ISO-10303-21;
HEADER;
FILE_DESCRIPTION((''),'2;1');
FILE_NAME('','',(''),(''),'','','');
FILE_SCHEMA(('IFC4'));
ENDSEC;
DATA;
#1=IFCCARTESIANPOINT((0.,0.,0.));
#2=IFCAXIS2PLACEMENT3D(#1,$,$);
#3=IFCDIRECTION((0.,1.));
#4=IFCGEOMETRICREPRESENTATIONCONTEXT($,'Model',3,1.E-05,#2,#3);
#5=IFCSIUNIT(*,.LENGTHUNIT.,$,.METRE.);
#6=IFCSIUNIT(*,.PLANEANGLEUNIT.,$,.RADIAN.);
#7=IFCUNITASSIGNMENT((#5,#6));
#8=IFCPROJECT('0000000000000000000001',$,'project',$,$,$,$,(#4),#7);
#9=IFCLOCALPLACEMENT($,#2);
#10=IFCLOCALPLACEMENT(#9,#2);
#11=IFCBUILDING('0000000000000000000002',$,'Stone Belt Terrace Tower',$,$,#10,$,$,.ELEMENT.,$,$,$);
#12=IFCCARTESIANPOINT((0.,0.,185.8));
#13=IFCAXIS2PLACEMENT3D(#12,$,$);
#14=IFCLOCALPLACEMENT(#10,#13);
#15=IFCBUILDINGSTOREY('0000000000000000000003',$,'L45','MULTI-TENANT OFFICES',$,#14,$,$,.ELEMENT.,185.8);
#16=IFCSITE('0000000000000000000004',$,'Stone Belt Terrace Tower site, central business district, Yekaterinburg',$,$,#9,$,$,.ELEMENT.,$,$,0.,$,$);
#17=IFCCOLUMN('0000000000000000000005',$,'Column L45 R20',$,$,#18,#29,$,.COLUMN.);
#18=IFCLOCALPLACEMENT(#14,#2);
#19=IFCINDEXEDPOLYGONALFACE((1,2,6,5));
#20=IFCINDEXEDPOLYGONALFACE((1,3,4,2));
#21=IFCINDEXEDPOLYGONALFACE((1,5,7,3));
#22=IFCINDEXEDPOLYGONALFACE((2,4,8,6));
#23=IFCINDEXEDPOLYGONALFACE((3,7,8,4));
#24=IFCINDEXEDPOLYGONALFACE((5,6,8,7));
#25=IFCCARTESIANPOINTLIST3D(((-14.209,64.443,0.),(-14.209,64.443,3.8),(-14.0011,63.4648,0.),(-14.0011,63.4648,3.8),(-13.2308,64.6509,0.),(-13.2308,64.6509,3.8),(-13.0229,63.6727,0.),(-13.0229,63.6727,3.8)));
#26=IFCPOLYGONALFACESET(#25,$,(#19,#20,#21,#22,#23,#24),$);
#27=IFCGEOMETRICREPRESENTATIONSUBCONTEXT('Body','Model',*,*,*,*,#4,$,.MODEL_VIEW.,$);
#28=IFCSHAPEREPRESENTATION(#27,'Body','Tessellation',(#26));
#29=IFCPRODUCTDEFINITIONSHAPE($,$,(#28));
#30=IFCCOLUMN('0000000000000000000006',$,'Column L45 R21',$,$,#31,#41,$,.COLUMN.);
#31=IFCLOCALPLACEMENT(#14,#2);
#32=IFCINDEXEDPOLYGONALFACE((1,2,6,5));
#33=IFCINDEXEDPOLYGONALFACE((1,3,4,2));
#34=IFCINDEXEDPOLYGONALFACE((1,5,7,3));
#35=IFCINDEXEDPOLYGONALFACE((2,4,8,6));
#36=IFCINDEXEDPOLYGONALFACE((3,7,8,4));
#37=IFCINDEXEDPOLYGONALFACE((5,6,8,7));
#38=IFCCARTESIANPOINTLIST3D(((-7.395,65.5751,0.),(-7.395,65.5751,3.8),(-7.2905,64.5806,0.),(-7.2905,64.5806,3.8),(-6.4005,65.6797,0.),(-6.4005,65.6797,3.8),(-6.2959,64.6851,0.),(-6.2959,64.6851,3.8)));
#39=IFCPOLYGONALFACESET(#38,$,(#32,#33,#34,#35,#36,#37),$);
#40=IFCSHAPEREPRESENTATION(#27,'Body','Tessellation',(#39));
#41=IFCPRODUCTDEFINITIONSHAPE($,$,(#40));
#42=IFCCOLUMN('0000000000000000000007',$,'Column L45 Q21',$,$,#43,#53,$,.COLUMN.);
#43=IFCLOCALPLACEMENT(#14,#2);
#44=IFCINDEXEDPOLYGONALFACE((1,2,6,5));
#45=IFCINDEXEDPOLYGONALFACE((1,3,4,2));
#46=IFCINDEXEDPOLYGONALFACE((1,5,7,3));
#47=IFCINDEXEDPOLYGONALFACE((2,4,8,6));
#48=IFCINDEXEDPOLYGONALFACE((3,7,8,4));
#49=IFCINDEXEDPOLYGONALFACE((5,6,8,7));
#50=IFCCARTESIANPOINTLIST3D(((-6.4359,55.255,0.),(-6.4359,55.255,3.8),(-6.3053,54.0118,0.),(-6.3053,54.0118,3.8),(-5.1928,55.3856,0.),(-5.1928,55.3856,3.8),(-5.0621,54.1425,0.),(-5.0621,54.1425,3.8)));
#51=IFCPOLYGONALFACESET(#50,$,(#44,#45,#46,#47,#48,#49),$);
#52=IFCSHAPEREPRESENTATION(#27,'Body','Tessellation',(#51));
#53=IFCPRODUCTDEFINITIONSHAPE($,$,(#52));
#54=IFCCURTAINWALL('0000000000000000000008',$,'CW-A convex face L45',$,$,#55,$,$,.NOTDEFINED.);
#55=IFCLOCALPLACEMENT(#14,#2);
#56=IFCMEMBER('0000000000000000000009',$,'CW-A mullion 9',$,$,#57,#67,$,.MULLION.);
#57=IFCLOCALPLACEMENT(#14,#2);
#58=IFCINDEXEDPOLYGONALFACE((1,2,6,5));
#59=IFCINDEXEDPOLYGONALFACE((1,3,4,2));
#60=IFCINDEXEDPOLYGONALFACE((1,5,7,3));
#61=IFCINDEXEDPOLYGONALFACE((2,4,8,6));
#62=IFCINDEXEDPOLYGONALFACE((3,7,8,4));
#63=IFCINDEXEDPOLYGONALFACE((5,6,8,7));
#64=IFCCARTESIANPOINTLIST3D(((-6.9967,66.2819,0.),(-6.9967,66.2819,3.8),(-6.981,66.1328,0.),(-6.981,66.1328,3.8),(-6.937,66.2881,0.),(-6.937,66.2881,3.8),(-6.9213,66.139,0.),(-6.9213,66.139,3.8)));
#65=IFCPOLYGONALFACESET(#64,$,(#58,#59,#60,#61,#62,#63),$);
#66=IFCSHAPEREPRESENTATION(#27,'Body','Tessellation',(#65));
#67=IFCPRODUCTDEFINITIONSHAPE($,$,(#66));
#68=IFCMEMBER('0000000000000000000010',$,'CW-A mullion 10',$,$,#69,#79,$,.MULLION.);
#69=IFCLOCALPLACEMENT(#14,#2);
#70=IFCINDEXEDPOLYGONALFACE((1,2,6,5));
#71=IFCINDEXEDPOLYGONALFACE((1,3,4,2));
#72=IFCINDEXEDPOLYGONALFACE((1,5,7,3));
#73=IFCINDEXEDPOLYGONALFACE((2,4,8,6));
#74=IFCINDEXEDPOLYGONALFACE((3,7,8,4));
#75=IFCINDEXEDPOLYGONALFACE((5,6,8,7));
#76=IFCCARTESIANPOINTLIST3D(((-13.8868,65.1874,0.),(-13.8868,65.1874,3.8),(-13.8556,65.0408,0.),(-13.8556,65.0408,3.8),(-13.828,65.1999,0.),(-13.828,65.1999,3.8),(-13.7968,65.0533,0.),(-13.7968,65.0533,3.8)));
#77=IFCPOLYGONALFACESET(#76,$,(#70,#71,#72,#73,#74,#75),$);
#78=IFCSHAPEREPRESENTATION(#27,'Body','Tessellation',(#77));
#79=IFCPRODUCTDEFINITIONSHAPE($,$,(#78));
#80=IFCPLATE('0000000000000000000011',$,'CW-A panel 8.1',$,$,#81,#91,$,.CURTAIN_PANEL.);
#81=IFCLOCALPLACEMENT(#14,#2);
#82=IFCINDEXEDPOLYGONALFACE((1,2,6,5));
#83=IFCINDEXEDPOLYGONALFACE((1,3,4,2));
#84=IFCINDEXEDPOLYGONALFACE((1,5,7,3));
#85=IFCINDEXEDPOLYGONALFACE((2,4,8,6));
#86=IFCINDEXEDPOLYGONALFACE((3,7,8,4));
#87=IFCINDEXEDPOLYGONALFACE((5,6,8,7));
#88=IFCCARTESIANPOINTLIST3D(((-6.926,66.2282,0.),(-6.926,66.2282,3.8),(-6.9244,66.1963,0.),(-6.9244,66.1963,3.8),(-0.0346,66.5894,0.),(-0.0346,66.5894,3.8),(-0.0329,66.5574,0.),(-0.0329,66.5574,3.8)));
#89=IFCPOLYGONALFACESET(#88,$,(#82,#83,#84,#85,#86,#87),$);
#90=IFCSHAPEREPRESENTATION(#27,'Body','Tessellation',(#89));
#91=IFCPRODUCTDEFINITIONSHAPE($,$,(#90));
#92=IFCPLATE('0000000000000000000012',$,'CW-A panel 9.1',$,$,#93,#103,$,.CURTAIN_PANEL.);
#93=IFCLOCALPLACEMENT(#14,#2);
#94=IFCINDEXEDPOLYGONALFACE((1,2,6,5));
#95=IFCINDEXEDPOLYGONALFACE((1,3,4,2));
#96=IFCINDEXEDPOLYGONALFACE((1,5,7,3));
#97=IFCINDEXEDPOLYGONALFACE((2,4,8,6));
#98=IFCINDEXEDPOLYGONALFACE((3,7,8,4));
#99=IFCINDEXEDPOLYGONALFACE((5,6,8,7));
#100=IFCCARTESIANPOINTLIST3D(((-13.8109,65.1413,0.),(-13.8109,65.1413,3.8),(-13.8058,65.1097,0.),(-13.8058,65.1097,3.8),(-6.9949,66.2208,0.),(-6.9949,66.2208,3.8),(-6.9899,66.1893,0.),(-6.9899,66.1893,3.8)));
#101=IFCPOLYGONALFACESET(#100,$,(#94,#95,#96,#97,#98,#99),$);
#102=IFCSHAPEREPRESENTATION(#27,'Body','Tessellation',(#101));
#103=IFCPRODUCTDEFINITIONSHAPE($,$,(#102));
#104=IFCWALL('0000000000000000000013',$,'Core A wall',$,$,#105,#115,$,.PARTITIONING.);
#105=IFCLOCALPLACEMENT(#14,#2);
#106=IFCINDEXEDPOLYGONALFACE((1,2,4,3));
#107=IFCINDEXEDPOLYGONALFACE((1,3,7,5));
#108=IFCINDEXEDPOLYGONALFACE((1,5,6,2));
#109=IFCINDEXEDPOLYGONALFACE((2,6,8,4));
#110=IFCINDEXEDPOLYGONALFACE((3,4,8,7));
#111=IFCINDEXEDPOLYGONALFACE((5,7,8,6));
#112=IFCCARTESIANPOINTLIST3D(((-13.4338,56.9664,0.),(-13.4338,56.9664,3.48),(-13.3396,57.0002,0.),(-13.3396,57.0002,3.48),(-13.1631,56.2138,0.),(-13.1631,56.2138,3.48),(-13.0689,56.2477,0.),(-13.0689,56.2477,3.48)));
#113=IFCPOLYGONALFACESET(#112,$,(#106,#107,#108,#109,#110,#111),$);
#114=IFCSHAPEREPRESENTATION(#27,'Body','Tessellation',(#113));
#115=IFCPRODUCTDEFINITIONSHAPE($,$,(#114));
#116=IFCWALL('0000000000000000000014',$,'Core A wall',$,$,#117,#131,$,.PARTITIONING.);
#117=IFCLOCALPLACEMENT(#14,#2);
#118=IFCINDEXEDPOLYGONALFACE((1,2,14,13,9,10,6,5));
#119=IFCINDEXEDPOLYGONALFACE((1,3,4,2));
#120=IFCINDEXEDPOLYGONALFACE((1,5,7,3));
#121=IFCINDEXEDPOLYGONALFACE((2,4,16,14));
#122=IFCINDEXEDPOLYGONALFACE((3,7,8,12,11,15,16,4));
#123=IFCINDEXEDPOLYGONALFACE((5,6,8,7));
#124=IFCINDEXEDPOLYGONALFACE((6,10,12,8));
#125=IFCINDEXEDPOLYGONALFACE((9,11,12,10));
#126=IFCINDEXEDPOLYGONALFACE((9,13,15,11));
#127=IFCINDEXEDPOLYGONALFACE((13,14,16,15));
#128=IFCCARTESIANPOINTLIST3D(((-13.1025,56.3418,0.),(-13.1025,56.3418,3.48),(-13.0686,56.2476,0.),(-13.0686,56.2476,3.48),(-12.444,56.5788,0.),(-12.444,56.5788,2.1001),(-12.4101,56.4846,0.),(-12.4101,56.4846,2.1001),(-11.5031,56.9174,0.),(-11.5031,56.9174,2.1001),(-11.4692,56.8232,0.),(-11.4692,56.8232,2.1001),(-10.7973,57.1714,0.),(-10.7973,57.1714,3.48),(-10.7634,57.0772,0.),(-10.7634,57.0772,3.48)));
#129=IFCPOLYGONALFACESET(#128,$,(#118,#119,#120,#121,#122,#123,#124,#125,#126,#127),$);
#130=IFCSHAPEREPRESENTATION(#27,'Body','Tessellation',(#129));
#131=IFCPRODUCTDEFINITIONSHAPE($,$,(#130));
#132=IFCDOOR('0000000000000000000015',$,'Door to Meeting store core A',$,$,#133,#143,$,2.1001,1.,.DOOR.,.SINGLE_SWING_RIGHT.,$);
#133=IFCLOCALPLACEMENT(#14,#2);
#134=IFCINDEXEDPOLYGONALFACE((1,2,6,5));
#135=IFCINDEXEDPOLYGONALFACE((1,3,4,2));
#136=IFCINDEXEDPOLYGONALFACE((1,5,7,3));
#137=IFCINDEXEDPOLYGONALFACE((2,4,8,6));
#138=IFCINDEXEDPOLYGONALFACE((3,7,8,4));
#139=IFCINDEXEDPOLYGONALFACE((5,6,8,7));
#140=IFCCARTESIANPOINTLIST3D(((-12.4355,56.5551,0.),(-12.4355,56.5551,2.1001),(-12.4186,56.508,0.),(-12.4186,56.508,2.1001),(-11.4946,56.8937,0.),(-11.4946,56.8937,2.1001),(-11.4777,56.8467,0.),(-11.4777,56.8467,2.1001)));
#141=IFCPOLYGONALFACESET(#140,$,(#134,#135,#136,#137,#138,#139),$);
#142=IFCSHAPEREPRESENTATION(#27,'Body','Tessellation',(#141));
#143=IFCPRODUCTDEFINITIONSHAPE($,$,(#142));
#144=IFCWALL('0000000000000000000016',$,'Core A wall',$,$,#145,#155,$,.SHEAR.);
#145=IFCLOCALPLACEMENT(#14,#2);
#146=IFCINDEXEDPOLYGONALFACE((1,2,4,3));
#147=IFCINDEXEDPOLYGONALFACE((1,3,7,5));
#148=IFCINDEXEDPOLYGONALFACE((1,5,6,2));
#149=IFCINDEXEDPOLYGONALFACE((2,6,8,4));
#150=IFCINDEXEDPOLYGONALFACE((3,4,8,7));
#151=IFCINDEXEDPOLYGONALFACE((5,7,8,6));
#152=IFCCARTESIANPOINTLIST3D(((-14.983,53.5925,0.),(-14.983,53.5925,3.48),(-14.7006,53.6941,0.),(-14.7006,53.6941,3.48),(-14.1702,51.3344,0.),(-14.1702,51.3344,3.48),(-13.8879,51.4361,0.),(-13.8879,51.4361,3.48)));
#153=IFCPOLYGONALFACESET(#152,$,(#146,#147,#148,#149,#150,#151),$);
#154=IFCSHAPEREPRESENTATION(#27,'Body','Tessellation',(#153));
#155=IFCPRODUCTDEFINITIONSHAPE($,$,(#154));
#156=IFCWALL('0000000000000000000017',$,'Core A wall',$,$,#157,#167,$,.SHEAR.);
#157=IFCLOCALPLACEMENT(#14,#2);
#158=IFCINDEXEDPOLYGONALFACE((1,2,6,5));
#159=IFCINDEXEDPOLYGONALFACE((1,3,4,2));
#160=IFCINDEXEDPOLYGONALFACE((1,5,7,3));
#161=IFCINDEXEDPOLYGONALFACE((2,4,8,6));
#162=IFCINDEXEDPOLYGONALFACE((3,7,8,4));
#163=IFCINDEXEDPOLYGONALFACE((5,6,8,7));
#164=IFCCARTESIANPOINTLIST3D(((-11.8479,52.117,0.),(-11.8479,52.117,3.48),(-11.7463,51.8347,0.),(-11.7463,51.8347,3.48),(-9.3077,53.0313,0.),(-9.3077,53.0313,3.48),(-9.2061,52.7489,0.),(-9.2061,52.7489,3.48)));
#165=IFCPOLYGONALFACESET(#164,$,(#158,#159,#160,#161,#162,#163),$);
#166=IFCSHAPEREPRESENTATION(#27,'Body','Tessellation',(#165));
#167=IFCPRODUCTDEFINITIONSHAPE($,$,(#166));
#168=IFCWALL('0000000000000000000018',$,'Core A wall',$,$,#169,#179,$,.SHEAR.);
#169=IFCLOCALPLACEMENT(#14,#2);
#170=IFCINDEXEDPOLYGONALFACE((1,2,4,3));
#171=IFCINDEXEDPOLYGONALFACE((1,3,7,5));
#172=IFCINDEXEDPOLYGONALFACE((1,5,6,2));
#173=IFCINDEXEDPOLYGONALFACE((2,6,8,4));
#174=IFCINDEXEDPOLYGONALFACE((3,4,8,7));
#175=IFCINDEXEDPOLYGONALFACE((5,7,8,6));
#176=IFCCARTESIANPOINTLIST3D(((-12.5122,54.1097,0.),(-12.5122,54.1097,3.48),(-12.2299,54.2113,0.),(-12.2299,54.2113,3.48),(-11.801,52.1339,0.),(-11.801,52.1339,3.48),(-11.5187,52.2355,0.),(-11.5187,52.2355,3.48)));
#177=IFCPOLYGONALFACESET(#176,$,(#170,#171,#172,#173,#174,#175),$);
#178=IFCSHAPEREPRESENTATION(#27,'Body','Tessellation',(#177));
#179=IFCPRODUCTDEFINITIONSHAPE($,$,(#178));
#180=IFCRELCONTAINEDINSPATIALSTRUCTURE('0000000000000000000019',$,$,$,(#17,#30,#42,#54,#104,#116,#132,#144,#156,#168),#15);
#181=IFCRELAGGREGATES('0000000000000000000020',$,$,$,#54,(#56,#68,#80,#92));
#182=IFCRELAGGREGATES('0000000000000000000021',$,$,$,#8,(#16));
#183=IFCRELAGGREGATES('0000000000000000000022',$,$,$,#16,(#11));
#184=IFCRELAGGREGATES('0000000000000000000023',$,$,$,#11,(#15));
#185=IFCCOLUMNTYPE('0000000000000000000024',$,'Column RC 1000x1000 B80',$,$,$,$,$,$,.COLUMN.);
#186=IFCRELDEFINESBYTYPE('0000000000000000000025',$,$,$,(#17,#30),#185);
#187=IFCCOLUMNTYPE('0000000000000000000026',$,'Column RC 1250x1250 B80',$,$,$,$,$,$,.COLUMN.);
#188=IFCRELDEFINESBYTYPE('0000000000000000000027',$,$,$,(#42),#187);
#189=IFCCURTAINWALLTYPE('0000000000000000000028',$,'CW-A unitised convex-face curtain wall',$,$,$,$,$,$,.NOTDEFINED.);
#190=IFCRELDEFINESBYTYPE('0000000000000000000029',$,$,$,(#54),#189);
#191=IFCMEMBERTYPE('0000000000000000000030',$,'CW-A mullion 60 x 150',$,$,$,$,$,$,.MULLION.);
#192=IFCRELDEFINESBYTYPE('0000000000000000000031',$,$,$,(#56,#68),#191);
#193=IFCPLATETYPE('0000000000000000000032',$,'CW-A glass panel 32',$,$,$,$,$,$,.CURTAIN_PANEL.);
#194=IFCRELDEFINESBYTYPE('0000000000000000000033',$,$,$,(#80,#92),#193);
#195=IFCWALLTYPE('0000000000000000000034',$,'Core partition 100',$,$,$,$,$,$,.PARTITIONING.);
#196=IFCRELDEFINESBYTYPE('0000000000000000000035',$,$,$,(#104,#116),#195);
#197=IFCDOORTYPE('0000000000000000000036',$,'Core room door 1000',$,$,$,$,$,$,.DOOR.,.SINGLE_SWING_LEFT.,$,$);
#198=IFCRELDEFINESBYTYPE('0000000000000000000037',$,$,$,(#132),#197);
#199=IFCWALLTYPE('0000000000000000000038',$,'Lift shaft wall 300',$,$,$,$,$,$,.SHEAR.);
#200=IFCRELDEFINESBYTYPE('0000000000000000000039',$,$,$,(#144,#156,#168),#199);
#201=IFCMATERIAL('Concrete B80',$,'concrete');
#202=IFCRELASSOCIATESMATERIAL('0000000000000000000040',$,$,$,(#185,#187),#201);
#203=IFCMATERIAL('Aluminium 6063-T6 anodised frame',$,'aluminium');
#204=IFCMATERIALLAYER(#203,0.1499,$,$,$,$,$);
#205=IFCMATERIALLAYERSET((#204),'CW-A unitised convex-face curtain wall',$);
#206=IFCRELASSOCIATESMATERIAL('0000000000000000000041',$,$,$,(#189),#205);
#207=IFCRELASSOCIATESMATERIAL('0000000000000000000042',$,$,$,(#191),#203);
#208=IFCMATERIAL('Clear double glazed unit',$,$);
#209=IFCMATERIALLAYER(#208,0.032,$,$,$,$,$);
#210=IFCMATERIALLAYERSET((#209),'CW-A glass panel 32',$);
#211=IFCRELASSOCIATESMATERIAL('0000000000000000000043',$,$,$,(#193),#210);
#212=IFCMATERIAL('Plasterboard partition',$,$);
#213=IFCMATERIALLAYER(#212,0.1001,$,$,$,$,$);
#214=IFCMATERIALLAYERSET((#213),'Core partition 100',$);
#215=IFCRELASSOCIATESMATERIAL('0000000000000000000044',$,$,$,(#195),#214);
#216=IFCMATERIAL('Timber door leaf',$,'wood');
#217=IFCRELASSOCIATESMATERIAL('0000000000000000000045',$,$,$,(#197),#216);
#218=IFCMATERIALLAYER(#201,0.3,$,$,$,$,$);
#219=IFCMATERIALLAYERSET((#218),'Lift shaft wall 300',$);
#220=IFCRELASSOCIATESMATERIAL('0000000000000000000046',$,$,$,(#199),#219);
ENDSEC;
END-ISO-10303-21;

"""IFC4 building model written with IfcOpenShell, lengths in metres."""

from ifc_helpers import new_model, si_unit, direction, frame, frame_2d, origin, origin_2d, place, context, subcontext, project, spatial, rectangle, extrude, material, layer, layer_set, material_profile, profile_set, type_object, element, fill, aggregate, save


model = new_model("IFC4")

# Units and contexts
model_context = context("Model", 3, precision=1e-05, world=origin(), true_north=direction((0.0, 1.0)))
body_context = subcontext(model_context, "Body", "Model", "MODEL_VIEW")
ifc_project = project(units=[si_unit("LENGTHUNIT", "METRE"), si_unit("PLANEANGLEUNIT", "RADIAN")], contexts=[model_context])

# Site, building, storey
site_placement = place(None, origin())
site = spatial("IfcSite", under=ifc_project, at=site_placement, Name="Stone Belt Terrace Tower site, central business district, Yekaterinburg", CompositionType="ELEMENT", RefElevation=0.0)
building_placement = place(site_placement, origin())
building = spatial("IfcBuilding", under=site, at=building_placement, Name="Stone Belt Terrace Tower", CompositionType="ELEMENT")
storey_placement = place(building_placement, frame((0.0, 0.0, 185.8)))
storey = spatial("IfcBuildingStorey", under=building, at=storey_placement, Name="L45", Description="MULTI-TENANT OFFICES", CompositionType="ELEMENT", Elevation=185.8)

# Columns
ifc_material_1 = material(Name="Concrete B80", Category="concrete")
ifc_material_profile_1 = material_profile(ifc_material_1, rectangle(XDim=1.0, YDim=1.0, at=origin_2d()), Name="RC 1000x1000")
ifc_profile_set_1 = profile_set([ifc_material_profile_1], Name="Concrete B80")
column_type_1 = type_object("IfcColumnType", Name="Column RC 1000x1000 B80", PredefinedType="COLUMN", material=ifc_profile_set_1)
for number, where, z_axis, x_axis, name in (
    (1, (-13.616, 64.0579, 0.0), (0.0, 0.0, 1.0), (0.978148, 0.207912, 0.0), "Column L45 R20"),
    (2, (-6.8455, 65.1301, 0.0), (0.0, 0.0, 1.0), (0.994522, 0.104528, 0.0), "Column L45 R21"),
):
    element("IfcColumn", number, at=place(storey_placement, frame(where, z_axis=z_axis, x_axis=x_axis)), inside=storey, type_object=column_type_1, Name=name, PredefinedType="COLUMN", context=body_context, shape_type="SweptSolid", body=[
        extrude(rectangle(XDim=1.0, YDim=1.0, at=origin_2d()), origin(), (0.0, 0.0, 1.0), 3.8),
    ])
ifc_material_profile_2 = material_profile(ifc_material_1, rectangle(XDim=1.25, YDim=1.25, at=origin_2d()), Name="RC 1250x1250")
ifc_profile_set_2 = profile_set([ifc_material_profile_2], Name="Concrete B80")
column_type_2 = type_object("IfcColumnType", Name="Column RC 1250x1250 B80", PredefinedType="COLUMN", material=ifc_profile_set_2)
column_placement = place(storey_placement, frame((-5.749, 54.6987, 0.0), z_axis=(0.0, 0.0, 1.0), x_axis=(0.994522, 0.104528, 0.0)))
element("IfcColumn", 3, at=column_placement, inside=storey, type_object=column_type_2, Name="Column L45 Q21", PredefinedType="COLUMN", context=body_context, shape_type="SweptSolid", body=[
    extrude(rectangle(XDim=1.25, YDim=1.25, at=origin_2d()), origin(), (0.0, 0.0, 1.0), 3.8),
])

# Curtain wall, members, plates
ifc_material_2 = material(Name="Aluminium 6063-T6 anodised frame", Category="aluminium")
ifc_layer_1 = layer(ifc_material_2, 0.1499)
ifc_layer_set_1 = layer_set([ifc_layer_1], Name="CW-A unitised convex-face curtain wall")
curtain_wall_type = type_object("IfcCurtainWallType", Name="CW-A unitised convex-face curtain wall", PredefinedType="NOTDEFINED", material=ifc_layer_set_1)
curtain_wall_placement = place(storey_placement, origin())
curtain_wall = element("IfcCurtainWall", 4, at=curtain_wall_placement, inside=storey, type_object=curtain_wall_type, Name="CW-A convex face L45", PredefinedType="NOTDEFINED")
ifc_material_profile_3 = material_profile(ifc_material_2, rectangle(XDim=0.1499, YDim=0.0601, at=origin_2d()), Name="Aluminium 6063-T6 60x150")
ifc_profile_set_3 = profile_set([ifc_material_profile_3], Name="Aluminium 6063-T6 anodised frame")
member_type = type_object("IfcMemberType", Name="CW-A mullion 60 x 150", PredefinedType="MULLION", material=ifc_profile_set_3)
member_1_placement = place(storey_placement, frame((-6.959, 66.2104, 0.0), z_axis=(0.0, 0.0, 1.0), x_axis=(0.104528, -0.994522, 0.0)))
member_1 = element("IfcMember", 5, at=member_1_placement, type_object=member_type, Name="CW-A mullion 9", PredefinedType="MULLION", context=body_context, shape_type="SweptSolid", body=[
    extrude(rectangle(XDim=0.1499, YDim=0.0601, at=origin_2d()), origin(), (0.0, 0.0, 1.0), 3.8),
])
member_2_placement = place(storey_placement, frame((-13.8418, 65.1204, 0.0), z_axis=(0.0, 0.0, 1.0), x_axis=(0.207912, -0.978148, 0.0)))
member_2 = element("IfcMember", 6, at=member_2_placement, type_object=member_type, Name="CW-A mullion 10", PredefinedType="MULLION", context=body_context, shape_type="SweptSolid", body=[
    extrude(rectangle(XDim=0.1499, YDim=0.0601, at=origin_2d()), origin(), (0.0, 0.0, 1.0), 3.8),
])
ifc_material_3 = material(Name="Clear double glazed unit")
ifc_layer_2 = layer(ifc_material_3, 0.032)
ifc_layer_set_2 = layer_set([ifc_layer_2], Name="CW-A glass panel 32")
plate_type = type_object("IfcPlateType", Name="CW-A glass panel 32", PredefinedType="CURTAIN_PANEL", material=ifc_layer_set_2)
plate_1_placement = place(storey_placement, frame((-3.4795, 66.3928, 0.0), z_axis=(0.0, 0.0, 1.0), x_axis=(-0.99863, -0.052336, 0.0)))
plate_1 = element("IfcPlate", 7, at=plate_1_placement, type_object=plate_type, Name="CW-A panel 8.1", PredefinedType="CURTAIN_PANEL", context=body_context, shape_type="SweptSolid", body=[
    extrude(rectangle(XDim=6.9009, YDim=0.032, at=origin_2d()), origin(), (0.0, 0.0, 1.0), 3.8),
])
plate_2_placement = place(storey_placement, frame((-10.4004, 65.6653, 0.0), z_axis=(0.0, 0.0, 1.0), x_axis=(-0.987688, -0.156434, 0.0)))
plate_2 = element("IfcPlate", 8, at=plate_2_placement, type_object=plate_type, Name="CW-A panel 9.1", PredefinedType="CURTAIN_PANEL", context=body_context, shape_type="SweptSolid", body=[
    extrude(rectangle(XDim=6.9009, YDim=0.032, at=origin_2d()), origin(), (0.0, 0.0, 1.0), 3.8),
])
aggregate(curtain_wall, [member_1, member_2, plate_1, plate_2])

# Wall
ifc_material_4 = material(Name="Plasterboard partition")
ifc_layer_3 = layer(ifc_material_4, 0.1001)
ifc_layer_set_3 = layer_set([ifc_layer_3], Name="Core partition 100")
wall_type_1 = type_object("IfcWallType", Name="Core partition 100", PredefinedType="PARTITIONING", material=ifc_layer_set_3)
wall_1_placement = place(storey_placement, frame((-13.116, 56.2307, 0.0), z_axis=(0.0, 0.0, 1.0), x_axis=(-0.338482, 0.940973, 0.0)))
element("IfcWall", 9, at=wall_1_placement, inside=storey, type_object=wall_type_1, Name="Core A wall", PredefinedType="PARTITIONING", context=body_context, shape_type="SweptSolid", body=[
    extrude(rectangle(XDim=0.7998, YDim=0.1001, at=frame_2d((0.3999, 0.0))), origin(), (0.0, 0.0, 1.0), 3.48),
])

# Wall, opening, door
wall_2_placement = place(storey_placement, frame((-13.0857, 56.2947, 0.0), z_axis=(0.0, 0.0, 1.0), x_axis=(0.940923, 0.338621, 0.0)))
wall_2 = element("IfcWall", 10, at=wall_2_placement, inside=storey, type_object=wall_type_1, Name="Core A wall", PredefinedType="PARTITIONING", context=body_context, shape_type="SweptSolid", body=[
    extrude(rectangle(XDim=2.45, YDim=0.1001, at=frame_2d((1.2251, 0.0))), origin(), (0.0, 0.0, 1.0), 3.48),
])
opening_1_placement = place(wall_2_placement, frame((0.7, 0.0, 0.0)))
opening_1 = element("IfcOpeningElement", 11, at=opening_1_placement, cuts=wall_2, PredefinedType="OPENING", context=body_context, shape_type="SweptSolid", body=[
    extrude(rectangle(XDim=1.0, YDim=2.1001, at=frame_2d((0.5, 1.05))), frame((0.0, 0.0601, 0.0), z_axis=(0.0, -1.0, 0.0), x_axis=(1.0, 0.0, 0.0)), (0.0, 0.0, 1.0), 0.1201),
])
ifc_material_5 = material(Name="Timber door leaf", Category="wood")
door_type_1 = type_object("IfcDoorType", Name="Core room door 1000", OperationType="SINGLE_SWING_LEFT", PredefinedType="DOOR", material=ifc_material_5)
door_1_placement = place(opening_1_placement, origin())
door_1 = element("IfcDoor", 12, at=door_1_placement, inside=storey, type_object=door_type_1, Name="Door to Meeting store core A", OperationType="SINGLE_SWING_RIGHT", OverallHeight=2.1001, OverallWidth=1.0, PredefinedType="DOOR", context=body_context, shape_type="SweptSolid", body=[
    extrude(rectangle(XDim=1.0, YDim=2.1001, at=frame_2d((0.5, 1.05))), frame((0.0, 0.0249, 0.0), z_axis=(0.0, -1.0, 0.0), x_axis=(1.0, 0.0, 0.0)), (0.0, 0.0, 1.0), 0.05),
])
fill(opening_1, door_1)

# Walls
ifc_layer_4 = layer(ifc_material_1, 0.3)
ifc_layer_set_4 = layer_set([ifc_layer_4], Name="Lift shaft wall 300")
wall_type_2 = type_object("IfcWallType", Name="Lift shaft wall 300", PredefinedType="SHEAR", material=ifc_layer_set_4)
wall_3_placement = place(storey_placement, frame((-14.0291, 51.3853, 0.0), z_axis=(0.0, 0.0, 1.0), x_axis=(-0.338662, 0.940908, 0.0)))
element("IfcWall", 13, at=wall_3_placement, inside=storey, type_object=wall_type_2, Name="Core A wall", PredefinedType="SHEAR", context=body_context, shape_type="SweptSolid", body=[
    extrude(rectangle(XDim=2.3999, YDim=0.3, at=frame_2d((1.2, 0.0))), origin(), (0.0, 0.0, 1.0), 3.48),
])
wall_4_placement = place(storey_placement, frame((-11.7971, 51.9758, 0.0), z_axis=(0.0, 0.0, 1.0), x_axis=(0.94091, 0.338655, 0.0)))
element("IfcWall", 14, at=wall_4_placement, inside=storey, type_object=wall_type_2, Name="Core A wall", PredefinedType="SHEAR", context=body_context, shape_type="SweptSolid", body=[
    extrude(rectangle(XDim=2.6997, YDim=0.3, at=frame_2d((1.3499, 0.0))), origin(), (0.0, 0.0, 1.0), 3.48),
])
wall_5_placement = place(storey_placement, frame((-11.6599, 52.1848, 0.0), z_axis=(0.0, 0.0, 1.0), x_axis=(-0.33867, 0.940905, 0.0)))
element("IfcWall", 15, at=wall_5_placement, inside=storey, type_object=wall_type_2, Name="Core A wall", PredefinedType="SHEAR", context=body_context, shape_type="SweptSolid", body=[
    extrude(rectangle(XDim=2.0999, YDim=0.3, at=frame_2d((1.0498, 0.0))), origin(), (0.0, 0.0, 1.0), 3.48),
])

save(model, "model.ifc")
